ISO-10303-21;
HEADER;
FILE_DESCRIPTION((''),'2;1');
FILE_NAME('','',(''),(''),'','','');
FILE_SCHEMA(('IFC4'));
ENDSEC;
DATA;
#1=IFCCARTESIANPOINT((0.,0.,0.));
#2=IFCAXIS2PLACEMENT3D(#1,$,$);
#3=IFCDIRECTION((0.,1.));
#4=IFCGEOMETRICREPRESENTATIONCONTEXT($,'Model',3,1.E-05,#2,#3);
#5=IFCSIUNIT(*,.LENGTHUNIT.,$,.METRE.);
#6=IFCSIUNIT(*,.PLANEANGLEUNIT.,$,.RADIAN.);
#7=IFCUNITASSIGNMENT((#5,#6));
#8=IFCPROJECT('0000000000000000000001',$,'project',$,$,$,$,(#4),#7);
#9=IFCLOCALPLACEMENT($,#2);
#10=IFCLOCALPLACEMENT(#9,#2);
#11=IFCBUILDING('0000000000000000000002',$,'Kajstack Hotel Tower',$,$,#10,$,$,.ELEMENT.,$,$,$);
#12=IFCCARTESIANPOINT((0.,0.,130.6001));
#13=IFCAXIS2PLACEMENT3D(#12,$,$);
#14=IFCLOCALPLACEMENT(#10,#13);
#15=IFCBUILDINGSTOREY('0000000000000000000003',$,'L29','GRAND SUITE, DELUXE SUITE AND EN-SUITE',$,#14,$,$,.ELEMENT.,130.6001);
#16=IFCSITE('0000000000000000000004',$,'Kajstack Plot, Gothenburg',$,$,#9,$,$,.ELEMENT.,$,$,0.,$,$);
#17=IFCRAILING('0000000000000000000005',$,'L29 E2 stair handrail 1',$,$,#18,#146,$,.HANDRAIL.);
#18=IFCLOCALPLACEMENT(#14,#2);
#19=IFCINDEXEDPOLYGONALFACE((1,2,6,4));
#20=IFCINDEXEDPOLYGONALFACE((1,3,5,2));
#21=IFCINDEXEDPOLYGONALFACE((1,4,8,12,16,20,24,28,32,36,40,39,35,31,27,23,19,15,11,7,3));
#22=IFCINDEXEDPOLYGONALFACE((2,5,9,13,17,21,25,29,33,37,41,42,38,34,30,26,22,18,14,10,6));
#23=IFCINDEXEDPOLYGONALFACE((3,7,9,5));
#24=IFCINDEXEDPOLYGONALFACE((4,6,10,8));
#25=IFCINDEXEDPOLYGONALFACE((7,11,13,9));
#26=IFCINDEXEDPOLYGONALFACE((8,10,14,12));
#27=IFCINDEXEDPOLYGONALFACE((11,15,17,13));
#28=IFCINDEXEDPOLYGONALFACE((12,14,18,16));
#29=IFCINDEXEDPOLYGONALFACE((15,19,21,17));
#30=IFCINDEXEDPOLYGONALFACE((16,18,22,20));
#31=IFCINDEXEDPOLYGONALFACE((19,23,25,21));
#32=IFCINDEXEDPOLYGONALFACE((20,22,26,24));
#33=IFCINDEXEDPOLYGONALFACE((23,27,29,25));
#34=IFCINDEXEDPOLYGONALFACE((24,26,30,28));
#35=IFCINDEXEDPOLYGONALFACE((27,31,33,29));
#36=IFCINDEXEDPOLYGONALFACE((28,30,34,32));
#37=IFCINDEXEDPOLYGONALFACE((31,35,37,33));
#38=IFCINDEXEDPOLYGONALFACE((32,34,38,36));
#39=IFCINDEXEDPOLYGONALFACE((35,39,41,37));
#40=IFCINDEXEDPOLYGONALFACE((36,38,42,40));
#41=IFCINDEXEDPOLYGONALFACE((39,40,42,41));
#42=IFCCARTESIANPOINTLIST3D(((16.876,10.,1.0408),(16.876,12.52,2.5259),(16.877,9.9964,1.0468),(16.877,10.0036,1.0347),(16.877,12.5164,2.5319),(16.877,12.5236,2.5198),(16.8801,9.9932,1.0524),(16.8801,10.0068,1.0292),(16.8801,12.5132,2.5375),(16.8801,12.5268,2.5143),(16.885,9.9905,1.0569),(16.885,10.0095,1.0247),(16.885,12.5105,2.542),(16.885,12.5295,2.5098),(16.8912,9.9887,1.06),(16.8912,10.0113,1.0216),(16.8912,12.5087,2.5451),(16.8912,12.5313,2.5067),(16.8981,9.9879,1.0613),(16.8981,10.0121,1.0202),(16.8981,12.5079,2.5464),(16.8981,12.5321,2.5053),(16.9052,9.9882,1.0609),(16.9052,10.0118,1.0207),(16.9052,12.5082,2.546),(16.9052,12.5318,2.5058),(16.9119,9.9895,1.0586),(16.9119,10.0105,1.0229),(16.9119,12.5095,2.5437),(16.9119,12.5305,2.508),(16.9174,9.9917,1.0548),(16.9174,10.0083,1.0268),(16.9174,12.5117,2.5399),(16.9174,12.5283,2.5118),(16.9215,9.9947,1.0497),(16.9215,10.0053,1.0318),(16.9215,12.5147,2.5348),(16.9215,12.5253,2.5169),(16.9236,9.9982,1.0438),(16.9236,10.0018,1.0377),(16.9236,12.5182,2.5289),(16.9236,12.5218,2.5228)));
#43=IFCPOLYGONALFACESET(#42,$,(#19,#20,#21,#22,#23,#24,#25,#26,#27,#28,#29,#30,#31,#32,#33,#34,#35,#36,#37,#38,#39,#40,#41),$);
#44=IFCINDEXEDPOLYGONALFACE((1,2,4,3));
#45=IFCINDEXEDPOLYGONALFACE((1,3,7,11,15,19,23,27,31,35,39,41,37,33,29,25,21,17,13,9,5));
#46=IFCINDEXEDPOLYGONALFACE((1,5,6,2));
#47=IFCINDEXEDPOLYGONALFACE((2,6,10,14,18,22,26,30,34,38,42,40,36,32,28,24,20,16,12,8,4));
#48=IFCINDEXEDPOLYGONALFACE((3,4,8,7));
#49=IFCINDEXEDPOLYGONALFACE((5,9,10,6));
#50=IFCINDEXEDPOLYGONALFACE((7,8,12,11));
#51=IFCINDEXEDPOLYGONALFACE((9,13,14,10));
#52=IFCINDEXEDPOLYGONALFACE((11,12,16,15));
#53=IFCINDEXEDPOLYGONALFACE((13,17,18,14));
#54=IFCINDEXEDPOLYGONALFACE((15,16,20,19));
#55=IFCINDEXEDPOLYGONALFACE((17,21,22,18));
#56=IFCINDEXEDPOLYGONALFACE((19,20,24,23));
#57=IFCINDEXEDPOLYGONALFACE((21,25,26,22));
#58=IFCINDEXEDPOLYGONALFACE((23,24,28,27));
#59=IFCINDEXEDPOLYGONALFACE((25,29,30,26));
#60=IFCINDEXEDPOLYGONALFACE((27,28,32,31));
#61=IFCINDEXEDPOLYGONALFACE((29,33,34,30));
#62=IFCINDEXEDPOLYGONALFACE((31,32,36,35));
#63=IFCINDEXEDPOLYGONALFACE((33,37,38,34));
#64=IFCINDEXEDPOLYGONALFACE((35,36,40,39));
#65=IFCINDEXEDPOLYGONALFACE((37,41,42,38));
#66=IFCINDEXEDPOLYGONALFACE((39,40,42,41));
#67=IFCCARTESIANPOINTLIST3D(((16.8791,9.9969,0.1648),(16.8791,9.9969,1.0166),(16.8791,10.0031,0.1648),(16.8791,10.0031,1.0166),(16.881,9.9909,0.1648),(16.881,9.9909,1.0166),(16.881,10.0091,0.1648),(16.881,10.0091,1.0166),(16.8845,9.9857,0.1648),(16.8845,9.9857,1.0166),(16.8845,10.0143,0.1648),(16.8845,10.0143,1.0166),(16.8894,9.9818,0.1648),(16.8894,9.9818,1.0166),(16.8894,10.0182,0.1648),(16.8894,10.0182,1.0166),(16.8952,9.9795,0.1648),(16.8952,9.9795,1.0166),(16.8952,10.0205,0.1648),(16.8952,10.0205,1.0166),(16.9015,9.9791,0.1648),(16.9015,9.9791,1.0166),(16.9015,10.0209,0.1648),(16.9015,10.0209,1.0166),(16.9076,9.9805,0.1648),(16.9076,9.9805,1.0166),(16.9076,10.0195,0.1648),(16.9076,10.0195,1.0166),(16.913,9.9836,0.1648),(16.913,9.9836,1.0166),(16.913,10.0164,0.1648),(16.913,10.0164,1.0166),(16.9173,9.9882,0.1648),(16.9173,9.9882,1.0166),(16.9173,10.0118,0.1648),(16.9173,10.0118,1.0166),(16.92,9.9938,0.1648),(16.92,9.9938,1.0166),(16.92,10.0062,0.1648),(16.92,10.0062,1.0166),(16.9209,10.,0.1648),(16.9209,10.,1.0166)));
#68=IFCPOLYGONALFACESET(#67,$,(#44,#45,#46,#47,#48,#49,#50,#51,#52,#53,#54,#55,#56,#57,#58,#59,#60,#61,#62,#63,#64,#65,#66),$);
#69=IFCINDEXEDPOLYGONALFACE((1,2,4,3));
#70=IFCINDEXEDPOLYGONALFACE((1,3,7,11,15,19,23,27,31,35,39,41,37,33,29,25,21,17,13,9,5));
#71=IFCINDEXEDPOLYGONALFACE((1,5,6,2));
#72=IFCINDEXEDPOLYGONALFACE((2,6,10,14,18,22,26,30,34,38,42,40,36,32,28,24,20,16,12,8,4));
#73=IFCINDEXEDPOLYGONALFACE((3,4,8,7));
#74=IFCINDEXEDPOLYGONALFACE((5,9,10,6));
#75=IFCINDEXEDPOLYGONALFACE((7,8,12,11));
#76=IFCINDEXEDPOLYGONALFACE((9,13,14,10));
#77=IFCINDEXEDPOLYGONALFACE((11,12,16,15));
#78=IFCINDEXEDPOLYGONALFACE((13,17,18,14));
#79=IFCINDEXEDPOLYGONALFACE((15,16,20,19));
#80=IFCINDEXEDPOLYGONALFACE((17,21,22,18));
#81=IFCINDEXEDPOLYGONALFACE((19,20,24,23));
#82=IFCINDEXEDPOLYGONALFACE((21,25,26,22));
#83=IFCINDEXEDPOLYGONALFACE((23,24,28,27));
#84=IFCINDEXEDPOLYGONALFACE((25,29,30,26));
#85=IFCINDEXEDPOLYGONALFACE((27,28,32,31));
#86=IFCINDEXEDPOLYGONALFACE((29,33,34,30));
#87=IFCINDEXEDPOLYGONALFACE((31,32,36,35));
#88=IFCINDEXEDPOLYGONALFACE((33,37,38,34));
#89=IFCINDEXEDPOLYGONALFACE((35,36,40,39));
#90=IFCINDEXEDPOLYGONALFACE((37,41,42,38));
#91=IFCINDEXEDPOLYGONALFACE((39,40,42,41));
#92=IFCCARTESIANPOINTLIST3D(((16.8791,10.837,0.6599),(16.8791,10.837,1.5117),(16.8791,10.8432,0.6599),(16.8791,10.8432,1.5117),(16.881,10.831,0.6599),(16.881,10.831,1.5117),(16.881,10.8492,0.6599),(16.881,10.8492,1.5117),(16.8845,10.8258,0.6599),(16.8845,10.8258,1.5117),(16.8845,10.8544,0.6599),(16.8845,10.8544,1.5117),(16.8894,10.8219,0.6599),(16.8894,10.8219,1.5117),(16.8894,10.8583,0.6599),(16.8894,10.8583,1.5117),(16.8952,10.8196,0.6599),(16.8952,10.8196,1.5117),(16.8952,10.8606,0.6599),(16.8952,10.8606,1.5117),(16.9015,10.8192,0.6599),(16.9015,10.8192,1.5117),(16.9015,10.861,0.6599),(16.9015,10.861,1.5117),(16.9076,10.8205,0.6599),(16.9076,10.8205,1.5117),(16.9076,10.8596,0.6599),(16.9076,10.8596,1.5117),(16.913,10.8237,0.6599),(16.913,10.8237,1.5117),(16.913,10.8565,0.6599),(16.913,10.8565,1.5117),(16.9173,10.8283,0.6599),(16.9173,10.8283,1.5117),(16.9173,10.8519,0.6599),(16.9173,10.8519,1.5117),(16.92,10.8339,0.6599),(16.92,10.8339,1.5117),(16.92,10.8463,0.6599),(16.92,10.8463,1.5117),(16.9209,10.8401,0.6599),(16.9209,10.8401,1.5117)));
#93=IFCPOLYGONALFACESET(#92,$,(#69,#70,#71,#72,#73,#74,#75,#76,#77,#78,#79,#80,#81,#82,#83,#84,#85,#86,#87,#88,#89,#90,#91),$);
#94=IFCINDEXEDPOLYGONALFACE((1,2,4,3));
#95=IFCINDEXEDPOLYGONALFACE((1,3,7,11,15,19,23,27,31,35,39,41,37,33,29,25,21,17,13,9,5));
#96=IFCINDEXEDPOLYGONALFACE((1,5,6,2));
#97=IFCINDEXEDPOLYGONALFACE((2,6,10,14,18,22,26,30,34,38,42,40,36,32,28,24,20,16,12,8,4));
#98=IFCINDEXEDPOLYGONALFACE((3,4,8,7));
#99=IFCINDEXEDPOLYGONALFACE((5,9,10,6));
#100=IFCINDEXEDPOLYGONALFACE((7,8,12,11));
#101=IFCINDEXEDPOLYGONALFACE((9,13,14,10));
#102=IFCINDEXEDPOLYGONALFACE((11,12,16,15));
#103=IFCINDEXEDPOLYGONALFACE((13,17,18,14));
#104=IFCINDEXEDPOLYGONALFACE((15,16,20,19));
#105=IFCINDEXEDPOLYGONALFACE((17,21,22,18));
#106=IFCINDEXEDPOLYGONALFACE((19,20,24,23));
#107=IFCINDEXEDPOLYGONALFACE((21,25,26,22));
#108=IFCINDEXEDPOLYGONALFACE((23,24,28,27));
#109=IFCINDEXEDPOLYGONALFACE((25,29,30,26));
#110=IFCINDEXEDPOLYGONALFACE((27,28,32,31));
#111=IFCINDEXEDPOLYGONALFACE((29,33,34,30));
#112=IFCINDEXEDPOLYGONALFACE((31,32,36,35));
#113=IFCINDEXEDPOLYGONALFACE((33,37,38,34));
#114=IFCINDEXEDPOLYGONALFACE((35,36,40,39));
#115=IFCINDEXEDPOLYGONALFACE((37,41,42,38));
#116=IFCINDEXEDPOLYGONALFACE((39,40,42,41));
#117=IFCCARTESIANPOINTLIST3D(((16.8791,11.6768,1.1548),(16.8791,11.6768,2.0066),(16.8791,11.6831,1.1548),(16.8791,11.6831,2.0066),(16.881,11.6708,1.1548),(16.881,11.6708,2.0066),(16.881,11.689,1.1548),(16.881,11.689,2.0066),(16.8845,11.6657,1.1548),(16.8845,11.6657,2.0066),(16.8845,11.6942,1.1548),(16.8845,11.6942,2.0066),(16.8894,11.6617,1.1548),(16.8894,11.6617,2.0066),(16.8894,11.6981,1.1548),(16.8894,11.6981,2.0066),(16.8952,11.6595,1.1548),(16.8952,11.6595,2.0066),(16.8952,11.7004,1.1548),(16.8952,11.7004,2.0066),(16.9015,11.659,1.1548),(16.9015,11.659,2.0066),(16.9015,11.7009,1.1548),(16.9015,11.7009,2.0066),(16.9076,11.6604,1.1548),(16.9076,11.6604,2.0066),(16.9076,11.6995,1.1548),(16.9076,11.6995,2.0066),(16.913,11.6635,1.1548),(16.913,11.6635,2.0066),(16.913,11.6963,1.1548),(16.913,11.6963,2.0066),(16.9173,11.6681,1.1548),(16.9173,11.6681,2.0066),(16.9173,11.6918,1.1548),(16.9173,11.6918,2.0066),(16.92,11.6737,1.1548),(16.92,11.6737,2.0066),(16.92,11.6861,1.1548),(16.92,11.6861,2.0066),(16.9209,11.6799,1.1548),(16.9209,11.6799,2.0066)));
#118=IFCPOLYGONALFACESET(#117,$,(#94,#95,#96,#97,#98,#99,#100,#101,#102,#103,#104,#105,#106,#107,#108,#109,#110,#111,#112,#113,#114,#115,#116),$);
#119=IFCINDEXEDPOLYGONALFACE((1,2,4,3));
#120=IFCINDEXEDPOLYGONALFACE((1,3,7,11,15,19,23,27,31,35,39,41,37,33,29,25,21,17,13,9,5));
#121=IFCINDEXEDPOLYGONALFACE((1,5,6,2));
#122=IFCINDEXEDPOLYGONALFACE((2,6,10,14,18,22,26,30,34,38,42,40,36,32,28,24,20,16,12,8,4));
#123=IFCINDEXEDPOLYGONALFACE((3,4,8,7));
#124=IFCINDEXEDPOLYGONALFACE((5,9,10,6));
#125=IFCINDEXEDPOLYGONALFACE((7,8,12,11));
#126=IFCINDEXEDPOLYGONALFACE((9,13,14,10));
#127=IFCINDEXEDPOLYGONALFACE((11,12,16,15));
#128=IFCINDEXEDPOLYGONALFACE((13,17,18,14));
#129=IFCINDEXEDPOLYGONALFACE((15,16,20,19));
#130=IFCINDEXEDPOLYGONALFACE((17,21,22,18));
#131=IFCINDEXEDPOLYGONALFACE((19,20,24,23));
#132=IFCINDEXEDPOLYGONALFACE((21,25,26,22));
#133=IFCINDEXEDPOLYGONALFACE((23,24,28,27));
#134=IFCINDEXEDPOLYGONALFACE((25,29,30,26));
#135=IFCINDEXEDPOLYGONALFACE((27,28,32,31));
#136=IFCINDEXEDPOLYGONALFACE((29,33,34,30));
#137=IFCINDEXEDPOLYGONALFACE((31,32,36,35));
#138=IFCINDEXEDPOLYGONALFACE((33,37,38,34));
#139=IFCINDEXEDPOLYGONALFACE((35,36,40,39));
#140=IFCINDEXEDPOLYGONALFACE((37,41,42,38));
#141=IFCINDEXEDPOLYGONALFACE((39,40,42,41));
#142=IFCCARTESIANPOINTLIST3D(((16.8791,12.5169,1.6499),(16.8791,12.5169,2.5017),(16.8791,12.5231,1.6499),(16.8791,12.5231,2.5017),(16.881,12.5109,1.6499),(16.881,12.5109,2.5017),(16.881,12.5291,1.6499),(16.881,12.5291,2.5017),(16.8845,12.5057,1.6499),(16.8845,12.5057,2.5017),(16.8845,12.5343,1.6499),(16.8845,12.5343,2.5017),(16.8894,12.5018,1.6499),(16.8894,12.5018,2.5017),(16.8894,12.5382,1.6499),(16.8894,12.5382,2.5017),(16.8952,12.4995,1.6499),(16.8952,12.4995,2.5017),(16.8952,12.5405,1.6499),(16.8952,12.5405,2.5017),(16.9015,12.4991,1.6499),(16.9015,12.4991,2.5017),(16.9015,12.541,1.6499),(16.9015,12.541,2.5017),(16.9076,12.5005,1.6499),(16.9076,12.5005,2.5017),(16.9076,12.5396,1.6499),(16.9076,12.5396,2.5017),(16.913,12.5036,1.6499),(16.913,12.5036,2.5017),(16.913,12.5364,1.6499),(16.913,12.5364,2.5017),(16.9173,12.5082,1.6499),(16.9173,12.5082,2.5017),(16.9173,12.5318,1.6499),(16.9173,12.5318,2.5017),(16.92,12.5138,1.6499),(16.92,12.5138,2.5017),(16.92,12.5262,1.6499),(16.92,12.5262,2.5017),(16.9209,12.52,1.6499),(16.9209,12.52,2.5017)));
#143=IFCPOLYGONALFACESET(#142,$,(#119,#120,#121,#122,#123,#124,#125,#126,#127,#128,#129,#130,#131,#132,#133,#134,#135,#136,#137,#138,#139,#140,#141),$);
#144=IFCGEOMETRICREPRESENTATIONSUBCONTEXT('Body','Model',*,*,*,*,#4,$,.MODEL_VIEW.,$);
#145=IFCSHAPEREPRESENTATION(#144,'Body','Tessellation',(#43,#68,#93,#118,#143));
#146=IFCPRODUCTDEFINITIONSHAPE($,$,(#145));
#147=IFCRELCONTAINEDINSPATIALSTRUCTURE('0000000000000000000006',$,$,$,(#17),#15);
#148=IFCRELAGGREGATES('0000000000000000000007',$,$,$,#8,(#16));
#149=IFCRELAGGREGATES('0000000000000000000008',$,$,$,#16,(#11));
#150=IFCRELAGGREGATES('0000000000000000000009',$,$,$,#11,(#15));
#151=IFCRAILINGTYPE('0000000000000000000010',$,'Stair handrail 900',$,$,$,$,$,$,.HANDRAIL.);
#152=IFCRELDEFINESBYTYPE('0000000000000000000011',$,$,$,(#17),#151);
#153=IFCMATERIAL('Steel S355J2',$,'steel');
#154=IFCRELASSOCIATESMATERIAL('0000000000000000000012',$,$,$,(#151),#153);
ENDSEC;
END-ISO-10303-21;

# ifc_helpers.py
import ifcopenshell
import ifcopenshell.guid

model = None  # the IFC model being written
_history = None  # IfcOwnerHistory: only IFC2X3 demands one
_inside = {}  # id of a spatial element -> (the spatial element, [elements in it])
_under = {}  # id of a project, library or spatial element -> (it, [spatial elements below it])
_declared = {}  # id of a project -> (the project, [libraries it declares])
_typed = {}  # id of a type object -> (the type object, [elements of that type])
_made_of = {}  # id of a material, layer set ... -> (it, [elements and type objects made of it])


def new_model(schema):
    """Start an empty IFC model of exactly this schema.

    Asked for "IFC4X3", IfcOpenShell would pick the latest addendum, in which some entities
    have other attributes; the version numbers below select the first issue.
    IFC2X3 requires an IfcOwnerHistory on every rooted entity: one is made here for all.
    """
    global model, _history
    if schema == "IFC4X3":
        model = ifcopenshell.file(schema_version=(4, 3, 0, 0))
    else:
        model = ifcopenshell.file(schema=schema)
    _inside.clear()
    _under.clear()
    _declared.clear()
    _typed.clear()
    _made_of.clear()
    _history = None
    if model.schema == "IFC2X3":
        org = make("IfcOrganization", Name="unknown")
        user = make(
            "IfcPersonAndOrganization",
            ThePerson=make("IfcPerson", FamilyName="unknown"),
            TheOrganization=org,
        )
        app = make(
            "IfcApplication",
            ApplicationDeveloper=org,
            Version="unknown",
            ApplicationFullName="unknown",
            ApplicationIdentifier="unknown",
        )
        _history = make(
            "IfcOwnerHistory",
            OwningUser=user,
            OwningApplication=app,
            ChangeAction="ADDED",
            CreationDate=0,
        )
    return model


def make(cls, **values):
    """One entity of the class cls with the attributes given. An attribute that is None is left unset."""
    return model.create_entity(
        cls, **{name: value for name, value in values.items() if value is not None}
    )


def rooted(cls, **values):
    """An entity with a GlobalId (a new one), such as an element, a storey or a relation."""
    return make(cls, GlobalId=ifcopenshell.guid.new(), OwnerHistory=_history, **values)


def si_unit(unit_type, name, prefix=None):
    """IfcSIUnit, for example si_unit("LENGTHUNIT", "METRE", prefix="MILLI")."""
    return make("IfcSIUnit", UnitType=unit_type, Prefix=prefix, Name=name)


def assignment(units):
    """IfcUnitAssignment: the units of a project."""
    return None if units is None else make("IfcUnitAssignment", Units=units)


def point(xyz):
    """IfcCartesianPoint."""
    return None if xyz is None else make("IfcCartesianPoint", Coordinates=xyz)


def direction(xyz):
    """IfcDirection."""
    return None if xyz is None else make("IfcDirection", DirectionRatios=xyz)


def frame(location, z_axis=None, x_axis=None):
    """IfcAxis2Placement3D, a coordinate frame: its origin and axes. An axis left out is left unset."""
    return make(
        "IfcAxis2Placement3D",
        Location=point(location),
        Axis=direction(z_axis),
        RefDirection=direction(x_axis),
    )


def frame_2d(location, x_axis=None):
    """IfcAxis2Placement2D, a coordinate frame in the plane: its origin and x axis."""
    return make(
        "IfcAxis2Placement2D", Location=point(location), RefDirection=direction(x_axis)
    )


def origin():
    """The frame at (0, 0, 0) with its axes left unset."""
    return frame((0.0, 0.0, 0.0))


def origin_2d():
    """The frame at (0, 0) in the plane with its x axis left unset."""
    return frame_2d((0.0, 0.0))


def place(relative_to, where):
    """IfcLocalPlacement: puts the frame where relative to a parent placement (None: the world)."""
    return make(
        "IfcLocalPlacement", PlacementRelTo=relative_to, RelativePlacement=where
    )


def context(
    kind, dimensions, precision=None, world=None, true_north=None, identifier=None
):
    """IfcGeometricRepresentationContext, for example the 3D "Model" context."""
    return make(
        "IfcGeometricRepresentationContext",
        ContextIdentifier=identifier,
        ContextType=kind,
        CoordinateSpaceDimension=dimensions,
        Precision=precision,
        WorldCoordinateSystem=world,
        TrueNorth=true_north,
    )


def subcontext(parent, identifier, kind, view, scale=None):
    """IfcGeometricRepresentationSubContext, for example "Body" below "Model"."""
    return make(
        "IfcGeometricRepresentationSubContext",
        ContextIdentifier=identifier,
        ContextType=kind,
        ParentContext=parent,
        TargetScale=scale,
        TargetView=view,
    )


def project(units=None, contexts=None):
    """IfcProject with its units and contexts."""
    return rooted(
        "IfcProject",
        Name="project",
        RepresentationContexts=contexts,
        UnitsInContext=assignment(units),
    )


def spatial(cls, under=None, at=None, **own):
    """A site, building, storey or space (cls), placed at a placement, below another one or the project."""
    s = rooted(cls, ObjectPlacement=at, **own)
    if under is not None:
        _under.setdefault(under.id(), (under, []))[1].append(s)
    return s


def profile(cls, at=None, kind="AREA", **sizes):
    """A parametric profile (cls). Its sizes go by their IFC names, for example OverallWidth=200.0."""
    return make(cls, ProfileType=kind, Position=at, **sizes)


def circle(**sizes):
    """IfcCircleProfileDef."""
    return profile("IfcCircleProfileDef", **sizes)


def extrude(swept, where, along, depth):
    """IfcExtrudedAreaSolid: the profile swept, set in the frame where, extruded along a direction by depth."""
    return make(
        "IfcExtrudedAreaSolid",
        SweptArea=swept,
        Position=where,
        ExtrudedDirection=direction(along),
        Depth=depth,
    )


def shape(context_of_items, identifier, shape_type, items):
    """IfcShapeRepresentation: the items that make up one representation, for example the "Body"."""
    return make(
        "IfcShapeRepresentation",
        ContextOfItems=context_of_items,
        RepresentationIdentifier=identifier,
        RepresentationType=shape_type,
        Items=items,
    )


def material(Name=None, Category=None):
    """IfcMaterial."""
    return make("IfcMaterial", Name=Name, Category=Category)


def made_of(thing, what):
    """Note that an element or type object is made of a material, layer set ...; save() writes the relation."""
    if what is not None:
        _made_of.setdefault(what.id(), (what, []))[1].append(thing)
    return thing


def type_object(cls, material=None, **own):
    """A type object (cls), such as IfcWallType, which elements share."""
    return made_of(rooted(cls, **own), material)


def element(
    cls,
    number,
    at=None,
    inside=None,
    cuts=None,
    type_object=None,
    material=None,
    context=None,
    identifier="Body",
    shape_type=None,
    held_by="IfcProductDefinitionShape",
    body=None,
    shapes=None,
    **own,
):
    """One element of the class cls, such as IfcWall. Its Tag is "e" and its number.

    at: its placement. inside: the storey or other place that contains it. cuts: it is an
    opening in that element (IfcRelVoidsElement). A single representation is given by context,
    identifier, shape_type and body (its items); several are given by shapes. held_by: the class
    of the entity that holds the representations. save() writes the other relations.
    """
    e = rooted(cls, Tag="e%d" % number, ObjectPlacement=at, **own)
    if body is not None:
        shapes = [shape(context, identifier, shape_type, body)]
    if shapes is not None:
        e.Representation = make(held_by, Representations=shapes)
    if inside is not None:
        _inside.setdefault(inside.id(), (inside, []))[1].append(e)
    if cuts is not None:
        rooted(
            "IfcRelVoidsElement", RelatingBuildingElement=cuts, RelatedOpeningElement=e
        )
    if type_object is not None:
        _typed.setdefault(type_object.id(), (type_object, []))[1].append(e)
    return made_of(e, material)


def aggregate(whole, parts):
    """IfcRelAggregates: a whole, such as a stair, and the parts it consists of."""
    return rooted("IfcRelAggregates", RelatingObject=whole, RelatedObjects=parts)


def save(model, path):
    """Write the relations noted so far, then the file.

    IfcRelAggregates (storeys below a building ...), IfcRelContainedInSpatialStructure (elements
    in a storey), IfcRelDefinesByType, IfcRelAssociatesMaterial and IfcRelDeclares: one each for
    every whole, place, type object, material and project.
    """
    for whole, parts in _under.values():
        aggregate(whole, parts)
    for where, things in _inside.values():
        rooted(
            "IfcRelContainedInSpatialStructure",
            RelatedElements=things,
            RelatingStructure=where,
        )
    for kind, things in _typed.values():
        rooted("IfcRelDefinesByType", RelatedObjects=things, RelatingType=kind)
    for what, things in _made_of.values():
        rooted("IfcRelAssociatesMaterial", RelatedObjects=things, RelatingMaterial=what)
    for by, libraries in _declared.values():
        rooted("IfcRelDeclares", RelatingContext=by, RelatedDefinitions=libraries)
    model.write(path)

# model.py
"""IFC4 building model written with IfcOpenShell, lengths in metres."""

from ifc_helpers import new_model, si_unit, direction, frame, origin, origin_2d, place, context, subcontext, project, spatial, circle, extrude, material, type_object, element, save


model = new_model("IFC4")

# Units and contexts
model_context = context("Model", 3, precision=1e-05, world=origin(), true_north=direction((0.0, 1.0)))
body_context = subcontext(model_context, "Body", "Model", "MODEL_VIEW")
ifc_project = project(units=[si_unit("LENGTHUNIT", "METRE"), si_unit("PLANEANGLEUNIT", "RADIAN")], contexts=[model_context])

# Site, building, storey
site_placement = place(None, origin())
site = spatial("IfcSite", under=ifc_project, at=site_placement, Name="Kajstack Plot, Gothenburg", CompositionType="ELEMENT", RefElevation=0.0)
building_placement = place(site_placement, origin())
building = spatial("IfcBuilding", under=site, at=building_placement, Name="Kajstack Hotel Tower", CompositionType="ELEMENT")
storey_placement = place(building_placement, frame((0.0, 0.0, 130.6001)))
storey = spatial("IfcBuildingStorey", under=building, at=storey_placement, Name="L29", Description="GRAND SUITE, DELUXE SUITE AND EN-SUITE", CompositionType="ELEMENT", Elevation=130.6001)

# Railing
ifc_material_1 = material(Name="Steel S355J2", Category="steel")
railing_type_1 = type_object("IfcRailingType", Name="Stair handrail 900", PredefinedType="HANDRAIL", material=ifc_material_1)
railing_1_placement = place(storey_placement, frame((16.8999, 10.0, 0.1648)))
element("IfcRailing", 1, at=railing_1_placement, inside=storey, type_object=railing_type_1, Name="L29 E2 stair handrail 1", PredefinedType="HANDRAIL", context=body_context, shape_type="SweptSolid", body=[
    extrude(circle(Radius=0.0239, at=origin_2d()), frame((0.0, 0.0, 0.876), z_axis=(0.0, 0.861524, 0.507717), x_axis=(-1.0, 0.0, 0.0)), (0.0, 0.0, 1.0), 2.925),
    extrude(circle(Radius=0.021, at=origin_2d()), origin(), (0.0, 0.0, 1.0), 0.8518),
    extrude(circle(Radius=0.021, at=origin_2d()), frame((0.0, 0.8401, 0.4951)), (0.0, 0.0, 1.0), 0.8518),
    extrude(circle(Radius=0.021, at=origin_2d()), frame((0.0, 1.6799, 0.99)), (0.0, 0.0, 1.0), 0.8518),
    extrude(circle(Radius=0.021, at=origin_2d()), frame((0.0, 2.52, 1.4851)), (0.0, 0.0, 1.0), 0.8518),
])

save(model, "model.ifc")
